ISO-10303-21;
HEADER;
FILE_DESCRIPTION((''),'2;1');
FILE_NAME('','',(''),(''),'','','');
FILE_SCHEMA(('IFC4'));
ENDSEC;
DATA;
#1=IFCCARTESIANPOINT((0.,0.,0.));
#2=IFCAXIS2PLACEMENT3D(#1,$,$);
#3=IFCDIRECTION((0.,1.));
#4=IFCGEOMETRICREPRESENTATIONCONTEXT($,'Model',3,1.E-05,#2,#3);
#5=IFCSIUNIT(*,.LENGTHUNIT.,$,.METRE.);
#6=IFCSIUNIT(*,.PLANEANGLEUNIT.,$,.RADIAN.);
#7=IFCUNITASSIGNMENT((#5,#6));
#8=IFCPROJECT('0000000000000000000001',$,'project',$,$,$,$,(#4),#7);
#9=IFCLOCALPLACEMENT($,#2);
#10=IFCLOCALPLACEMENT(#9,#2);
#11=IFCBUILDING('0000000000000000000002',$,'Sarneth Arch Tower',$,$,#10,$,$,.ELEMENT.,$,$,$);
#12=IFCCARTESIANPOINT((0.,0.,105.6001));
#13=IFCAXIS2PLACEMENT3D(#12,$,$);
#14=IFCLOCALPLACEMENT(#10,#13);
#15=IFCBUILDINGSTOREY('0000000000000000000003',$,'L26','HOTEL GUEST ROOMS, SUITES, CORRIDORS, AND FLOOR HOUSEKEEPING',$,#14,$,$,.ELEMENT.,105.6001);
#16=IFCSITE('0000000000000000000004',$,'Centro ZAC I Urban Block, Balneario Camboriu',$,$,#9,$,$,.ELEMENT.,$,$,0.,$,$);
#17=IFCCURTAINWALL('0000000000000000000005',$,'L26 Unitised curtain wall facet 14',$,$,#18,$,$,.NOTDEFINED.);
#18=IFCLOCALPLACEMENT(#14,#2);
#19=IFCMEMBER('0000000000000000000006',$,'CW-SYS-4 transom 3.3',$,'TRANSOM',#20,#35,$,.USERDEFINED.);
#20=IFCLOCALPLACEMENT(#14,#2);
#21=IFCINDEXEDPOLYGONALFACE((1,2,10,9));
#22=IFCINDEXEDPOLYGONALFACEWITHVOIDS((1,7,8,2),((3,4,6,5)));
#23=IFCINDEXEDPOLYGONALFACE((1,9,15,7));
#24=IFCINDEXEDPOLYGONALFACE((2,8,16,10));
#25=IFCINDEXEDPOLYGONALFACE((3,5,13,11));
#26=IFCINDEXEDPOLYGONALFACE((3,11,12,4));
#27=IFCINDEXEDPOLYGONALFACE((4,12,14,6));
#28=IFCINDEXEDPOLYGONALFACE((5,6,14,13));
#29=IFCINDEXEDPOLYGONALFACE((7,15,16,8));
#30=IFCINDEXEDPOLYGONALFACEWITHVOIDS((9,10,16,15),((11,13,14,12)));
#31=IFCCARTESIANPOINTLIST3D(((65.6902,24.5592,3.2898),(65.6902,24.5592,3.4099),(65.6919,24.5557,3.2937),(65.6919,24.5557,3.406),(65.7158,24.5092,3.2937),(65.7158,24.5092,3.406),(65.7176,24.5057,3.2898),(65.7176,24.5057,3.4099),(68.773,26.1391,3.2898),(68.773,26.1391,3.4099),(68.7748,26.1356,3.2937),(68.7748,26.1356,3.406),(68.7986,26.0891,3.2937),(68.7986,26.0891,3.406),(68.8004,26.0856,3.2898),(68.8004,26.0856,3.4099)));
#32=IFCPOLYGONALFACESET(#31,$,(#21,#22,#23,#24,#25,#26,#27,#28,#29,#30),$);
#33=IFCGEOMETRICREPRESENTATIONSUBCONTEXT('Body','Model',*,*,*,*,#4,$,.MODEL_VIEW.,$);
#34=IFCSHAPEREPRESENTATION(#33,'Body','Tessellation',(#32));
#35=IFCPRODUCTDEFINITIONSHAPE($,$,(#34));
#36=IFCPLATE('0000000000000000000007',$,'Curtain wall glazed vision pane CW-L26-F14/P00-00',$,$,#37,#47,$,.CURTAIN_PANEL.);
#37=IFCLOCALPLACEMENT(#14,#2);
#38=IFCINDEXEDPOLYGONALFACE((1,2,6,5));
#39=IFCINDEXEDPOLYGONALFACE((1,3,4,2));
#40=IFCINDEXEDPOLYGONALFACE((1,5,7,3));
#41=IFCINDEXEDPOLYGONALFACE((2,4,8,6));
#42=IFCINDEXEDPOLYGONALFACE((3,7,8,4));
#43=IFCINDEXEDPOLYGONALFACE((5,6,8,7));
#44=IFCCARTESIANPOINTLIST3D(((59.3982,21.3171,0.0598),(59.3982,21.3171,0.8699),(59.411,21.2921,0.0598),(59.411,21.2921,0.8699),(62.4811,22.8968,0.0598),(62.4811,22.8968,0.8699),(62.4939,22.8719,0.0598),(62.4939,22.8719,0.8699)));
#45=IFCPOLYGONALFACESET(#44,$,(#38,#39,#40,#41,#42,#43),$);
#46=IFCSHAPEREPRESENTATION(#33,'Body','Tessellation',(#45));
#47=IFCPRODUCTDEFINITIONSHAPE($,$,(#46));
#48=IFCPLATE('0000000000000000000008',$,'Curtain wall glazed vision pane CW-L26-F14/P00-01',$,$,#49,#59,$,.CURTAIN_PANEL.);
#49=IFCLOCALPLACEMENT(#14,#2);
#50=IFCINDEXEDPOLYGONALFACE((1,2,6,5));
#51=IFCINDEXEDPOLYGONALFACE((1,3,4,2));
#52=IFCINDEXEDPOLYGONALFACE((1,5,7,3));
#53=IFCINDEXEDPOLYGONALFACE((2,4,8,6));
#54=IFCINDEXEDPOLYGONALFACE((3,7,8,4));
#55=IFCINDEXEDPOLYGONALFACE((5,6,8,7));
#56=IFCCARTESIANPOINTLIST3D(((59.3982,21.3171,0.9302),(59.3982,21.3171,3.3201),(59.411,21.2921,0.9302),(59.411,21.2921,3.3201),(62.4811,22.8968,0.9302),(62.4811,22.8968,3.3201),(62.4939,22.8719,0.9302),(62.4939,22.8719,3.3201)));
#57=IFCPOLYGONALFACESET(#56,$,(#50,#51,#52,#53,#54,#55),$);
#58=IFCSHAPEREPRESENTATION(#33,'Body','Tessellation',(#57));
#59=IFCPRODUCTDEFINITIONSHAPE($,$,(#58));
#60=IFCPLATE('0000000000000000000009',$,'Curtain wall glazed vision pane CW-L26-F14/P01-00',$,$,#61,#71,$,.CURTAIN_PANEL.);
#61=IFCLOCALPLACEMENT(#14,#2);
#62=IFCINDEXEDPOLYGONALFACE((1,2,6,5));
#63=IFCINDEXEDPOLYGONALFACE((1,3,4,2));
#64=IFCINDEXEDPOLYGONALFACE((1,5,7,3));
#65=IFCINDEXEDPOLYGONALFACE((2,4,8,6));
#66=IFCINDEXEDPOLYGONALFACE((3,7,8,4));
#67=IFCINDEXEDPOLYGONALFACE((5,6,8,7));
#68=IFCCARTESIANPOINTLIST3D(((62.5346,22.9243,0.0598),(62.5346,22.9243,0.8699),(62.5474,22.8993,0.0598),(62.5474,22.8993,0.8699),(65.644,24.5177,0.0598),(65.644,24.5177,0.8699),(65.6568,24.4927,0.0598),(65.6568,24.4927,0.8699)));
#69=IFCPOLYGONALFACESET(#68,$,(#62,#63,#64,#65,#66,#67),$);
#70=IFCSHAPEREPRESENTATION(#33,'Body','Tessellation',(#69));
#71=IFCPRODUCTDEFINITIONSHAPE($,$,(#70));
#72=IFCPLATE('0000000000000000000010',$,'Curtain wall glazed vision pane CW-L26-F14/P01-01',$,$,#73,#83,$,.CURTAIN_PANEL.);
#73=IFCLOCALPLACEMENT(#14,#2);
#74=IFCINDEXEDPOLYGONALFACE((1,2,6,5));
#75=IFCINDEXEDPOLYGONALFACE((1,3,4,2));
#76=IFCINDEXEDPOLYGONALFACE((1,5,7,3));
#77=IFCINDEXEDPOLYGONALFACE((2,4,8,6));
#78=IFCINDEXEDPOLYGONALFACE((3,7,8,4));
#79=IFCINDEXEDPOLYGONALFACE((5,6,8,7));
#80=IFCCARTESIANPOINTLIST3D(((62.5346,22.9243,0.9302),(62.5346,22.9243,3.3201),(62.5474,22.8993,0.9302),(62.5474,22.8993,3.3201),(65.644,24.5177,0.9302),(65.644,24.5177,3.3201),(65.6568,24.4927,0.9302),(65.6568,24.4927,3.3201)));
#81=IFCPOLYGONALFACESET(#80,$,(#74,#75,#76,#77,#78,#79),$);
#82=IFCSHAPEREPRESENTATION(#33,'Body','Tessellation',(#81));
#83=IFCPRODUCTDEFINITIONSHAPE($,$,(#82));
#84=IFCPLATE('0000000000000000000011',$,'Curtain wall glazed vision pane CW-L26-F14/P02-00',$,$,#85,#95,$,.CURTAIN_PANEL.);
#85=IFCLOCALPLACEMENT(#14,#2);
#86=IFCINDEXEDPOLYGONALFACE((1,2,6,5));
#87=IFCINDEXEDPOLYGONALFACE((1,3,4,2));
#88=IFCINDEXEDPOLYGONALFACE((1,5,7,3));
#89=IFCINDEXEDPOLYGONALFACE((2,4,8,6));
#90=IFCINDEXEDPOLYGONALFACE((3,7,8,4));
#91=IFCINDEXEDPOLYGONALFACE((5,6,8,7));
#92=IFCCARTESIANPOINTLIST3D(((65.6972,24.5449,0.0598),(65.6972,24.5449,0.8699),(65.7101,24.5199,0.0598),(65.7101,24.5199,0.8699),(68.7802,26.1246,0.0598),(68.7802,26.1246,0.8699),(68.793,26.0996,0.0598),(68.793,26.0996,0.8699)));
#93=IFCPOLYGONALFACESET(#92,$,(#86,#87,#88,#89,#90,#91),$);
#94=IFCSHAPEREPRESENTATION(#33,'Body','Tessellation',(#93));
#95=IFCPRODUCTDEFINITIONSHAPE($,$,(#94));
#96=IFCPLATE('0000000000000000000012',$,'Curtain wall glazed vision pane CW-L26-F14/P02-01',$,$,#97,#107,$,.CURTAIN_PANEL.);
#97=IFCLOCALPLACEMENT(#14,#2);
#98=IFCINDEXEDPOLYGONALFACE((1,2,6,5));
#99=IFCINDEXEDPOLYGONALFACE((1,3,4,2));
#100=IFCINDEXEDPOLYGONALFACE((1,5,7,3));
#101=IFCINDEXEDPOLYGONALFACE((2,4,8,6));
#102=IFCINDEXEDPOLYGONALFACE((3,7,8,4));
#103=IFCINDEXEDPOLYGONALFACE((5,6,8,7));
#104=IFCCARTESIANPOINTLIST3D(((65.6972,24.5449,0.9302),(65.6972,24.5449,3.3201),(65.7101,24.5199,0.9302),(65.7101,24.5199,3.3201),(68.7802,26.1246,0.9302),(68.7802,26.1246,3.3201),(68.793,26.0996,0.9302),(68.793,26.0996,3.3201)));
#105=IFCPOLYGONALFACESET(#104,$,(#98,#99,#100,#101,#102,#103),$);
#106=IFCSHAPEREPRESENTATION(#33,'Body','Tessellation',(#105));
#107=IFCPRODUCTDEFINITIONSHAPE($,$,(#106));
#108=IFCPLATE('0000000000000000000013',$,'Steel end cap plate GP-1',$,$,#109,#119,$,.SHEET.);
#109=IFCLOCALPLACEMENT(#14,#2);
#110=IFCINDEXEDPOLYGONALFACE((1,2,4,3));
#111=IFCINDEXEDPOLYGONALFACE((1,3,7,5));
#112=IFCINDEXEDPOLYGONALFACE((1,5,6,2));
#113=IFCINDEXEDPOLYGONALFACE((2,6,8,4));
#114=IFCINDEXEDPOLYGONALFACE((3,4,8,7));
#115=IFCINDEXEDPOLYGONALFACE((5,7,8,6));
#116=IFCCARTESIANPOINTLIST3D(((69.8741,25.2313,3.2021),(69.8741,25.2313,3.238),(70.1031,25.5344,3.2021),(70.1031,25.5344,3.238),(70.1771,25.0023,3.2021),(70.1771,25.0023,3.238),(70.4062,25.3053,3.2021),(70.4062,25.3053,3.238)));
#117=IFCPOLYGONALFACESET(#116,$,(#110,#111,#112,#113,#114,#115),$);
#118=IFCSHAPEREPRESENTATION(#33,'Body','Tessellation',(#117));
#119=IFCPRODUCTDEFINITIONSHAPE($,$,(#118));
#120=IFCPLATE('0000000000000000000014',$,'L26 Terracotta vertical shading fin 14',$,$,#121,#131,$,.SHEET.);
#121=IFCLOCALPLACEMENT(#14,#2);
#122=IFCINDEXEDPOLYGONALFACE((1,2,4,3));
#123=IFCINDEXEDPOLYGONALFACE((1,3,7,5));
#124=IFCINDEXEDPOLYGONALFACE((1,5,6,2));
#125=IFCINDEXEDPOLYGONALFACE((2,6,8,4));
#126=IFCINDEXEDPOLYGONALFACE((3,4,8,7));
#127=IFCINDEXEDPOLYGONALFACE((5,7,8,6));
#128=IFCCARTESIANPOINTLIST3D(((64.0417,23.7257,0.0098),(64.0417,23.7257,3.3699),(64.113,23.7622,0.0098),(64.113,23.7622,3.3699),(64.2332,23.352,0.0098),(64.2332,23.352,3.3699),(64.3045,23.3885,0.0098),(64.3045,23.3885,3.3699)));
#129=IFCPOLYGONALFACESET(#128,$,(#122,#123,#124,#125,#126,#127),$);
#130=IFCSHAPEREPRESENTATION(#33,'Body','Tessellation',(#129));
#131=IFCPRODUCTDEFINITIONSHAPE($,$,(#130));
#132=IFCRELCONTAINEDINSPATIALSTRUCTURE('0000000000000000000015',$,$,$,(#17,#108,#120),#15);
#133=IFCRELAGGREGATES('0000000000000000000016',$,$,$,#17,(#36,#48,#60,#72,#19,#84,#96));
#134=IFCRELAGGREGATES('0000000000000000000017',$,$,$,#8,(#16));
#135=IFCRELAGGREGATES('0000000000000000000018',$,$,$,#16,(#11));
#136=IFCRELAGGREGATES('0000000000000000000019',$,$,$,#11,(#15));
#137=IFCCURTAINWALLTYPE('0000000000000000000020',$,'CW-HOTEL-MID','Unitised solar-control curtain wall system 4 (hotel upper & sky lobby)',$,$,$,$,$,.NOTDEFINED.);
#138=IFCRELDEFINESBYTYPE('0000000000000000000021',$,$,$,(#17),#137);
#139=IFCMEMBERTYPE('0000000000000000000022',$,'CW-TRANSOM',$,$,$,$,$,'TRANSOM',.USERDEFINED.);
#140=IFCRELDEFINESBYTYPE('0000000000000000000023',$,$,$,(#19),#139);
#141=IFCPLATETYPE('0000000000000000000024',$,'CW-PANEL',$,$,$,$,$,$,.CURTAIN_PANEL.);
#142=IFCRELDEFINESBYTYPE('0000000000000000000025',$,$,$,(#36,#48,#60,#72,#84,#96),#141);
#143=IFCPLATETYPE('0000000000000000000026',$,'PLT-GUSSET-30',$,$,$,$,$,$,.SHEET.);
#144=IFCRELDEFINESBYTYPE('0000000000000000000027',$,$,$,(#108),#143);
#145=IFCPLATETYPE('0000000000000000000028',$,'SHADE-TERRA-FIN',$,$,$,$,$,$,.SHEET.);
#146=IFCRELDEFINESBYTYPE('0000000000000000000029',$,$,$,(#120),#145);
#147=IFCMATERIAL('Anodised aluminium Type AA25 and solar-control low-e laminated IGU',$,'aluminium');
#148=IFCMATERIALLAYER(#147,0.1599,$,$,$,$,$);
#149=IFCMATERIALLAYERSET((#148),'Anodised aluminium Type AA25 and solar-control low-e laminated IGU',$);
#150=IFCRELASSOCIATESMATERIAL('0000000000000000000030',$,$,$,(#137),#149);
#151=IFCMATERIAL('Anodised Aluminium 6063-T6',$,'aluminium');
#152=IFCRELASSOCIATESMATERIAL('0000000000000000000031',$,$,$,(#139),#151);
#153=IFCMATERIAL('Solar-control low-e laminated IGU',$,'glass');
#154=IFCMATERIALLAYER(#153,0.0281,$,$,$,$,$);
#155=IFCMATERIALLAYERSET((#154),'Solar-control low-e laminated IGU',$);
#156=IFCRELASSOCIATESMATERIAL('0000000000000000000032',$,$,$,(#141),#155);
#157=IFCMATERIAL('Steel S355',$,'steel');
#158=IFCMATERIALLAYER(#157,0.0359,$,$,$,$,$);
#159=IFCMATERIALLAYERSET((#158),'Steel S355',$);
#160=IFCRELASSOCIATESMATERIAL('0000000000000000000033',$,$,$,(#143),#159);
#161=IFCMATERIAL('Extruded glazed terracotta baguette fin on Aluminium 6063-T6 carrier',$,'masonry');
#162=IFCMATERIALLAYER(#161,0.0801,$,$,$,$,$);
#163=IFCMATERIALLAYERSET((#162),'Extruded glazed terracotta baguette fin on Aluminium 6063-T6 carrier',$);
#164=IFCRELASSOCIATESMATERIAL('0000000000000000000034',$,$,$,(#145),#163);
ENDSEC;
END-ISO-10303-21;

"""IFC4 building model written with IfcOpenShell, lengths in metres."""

from ifc_helpers import new_model, si_unit, direction, frame, origin, origin_2d, place, context, subcontext, project, spatial, rectangle, hollow_rectangle, extrude, material, layer, layer_set, material_profile, profile_set, type_object, element, aggregate, save


model = new_model("IFC4")

# Units and contexts
model_context = context("Model", 3, precision=1e-05, world=origin(), true_north=direction((0.0, 1.0)))
body_context = subcontext(model_context, "Body", "Model", "MODEL_VIEW")
ifc_project = project(units=[si_unit("LENGTHUNIT", "METRE"), si_unit("PLANEANGLEUNIT", "RADIAN")], contexts=[model_context])

# Site, building, storey
site_placement = place(None, origin())
site = spatial("IfcSite", under=ifc_project, at=site_placement, Name="Centro ZAC I Urban Block, Balneario Camboriu", CompositionType="ELEMENT", RefElevation=0.0)
building_placement = place(site_placement, origin())
building = spatial("IfcBuilding", under=site, at=building_placement, Name="Sarneth Arch Tower", CompositionType="ELEMENT")
storey_placement = place(building_placement, frame((0.0, 0.0, 105.6001)))
storey = spatial("IfcBuildingStorey", under=building, at=storey_placement, Name="L26", Description="HOTEL GUEST ROOMS, SUITES, CORRIDORS, AND FLOOR HOUSEKEEPING", CompositionType="ELEMENT", Elevation=105.6001)

# Curtain wall, member, plates
ifc_material_1 = material(Name="Anodised aluminium Type AA25 and solar-control low-e laminated IGU", Category="aluminium")
ifc_layer_1 = layer(ifc_material_1, 0.1599)
ifc_layer_set_1 = layer_set([ifc_layer_1], Name="Anodised aluminium Type AA25 and solar-control low-e laminated IGU")
curtain_wall_type = type_object("IfcCurtainWallType", Name="CW-HOTEL-MID", Description="Unitised solar-control curtain wall system 4 (hotel upper & sky lobby)", PredefinedType="NOTDEFINED", material=ifc_layer_set_1)
curtain_wall_placement = place(storey_placement, origin())
curtain_wall = element("IfcCurtainWall", 1, at=curtain_wall_placement, inside=storey, type_object=curtain_wall_type, Name="L26 Unitised curtain wall facet 14", PredefinedType="NOTDEFINED")
ifc_material_2 = material(Name="Anodised Aluminium 6063-T6", Category="aluminium")
ifc_material_profile_1 = material_profile(ifc_material_2, hollow_rectangle(XDim=0.0601, YDim=0.1201, WallThickness=0.0039, at=origin_2d()), Name="AL-TRAN-120x60x4")
ifc_profile_set_1 = profile_set([ifc_material_profile_1], Name="Anodised Aluminium 6063-T6")
member_type_1 = type_object("IfcMemberType", Name="CW-TRANSOM", ElementType="TRANSOM", PredefinedType="USERDEFINED", material=ifc_profile_set_1)
member_1_placement = place(storey_placement, frame((65.7039, 24.5325, 3.3499), z_axis=(0.889943, 0.456072, 0.0), x_axis=(-0.456072, 0.889943, 0.0)))
member_1 = element("IfcMember", 2, at=member_1_placement, type_object=member_type_1, Name="CW-SYS-4 transom 3.3", ObjectType="TRANSOM", PredefinedType="USERDEFINED", context=body_context, shape_type="SweptSolid", body=[
    extrude(hollow_rectangle(XDim=0.0601, YDim=0.1201, WallThickness=0.0039, at=origin_2d()), origin(), (0.0, 0.0, 1.0), 3.4641),
])
ifc_material_3 = material(Name="Solar-control low-e laminated IGU", Category="glass")
ifc_layer_2 = layer(ifc_material_3, 0.0281)
ifc_layer_set_2 = layer_set([ifc_layer_2], Name="Solar-control low-e laminated IGU")
plate_type_1 = type_object("IfcPlateType", Name="CW-PANEL", PredefinedType="CURTAIN_PANEL", material=ifc_layer_set_2)
plate_1_placement = place(storey_placement, frame((60.946, 22.0945, 0.0598), z_axis=(0.0, 0.0, 1.0), x_axis=(0.889964, 0.456031, 0.0)))
plate_1 = element("IfcPlate", 3, at=plate_1_placement, type_object=plate_type_1, Name="Curtain wall glazed vision pane CW-L26-F14/P00-00", PredefinedType="CURTAIN_PANEL", context=body_context, shape_type="SweptSolid", body=[
    extrude(rectangle(XDim=3.4641, YDim=0.0281, at=origin_2d()), origin(), (0.0, 0.0, 1.0), 0.8101),
])
plate_2_placement = place(storey_placement, frame((60.946, 22.0945, 0.9302), z_axis=(0.0, 0.0, 1.0), x_axis=(0.889964, 0.456031, 0.0)))
plate_2 = element("IfcPlate", 4, at=plate_2_placement, type_object=plate_type_1, Name="Curtain wall glazed vision pane CW-L26-F14/P00-01", PredefinedType="CURTAIN_PANEL", context=body_context, shape_type="SweptSolid", body=[
    extrude(rectangle(XDim=3.4641, YDim=0.0281, at=origin_2d()), origin(), (0.0, 0.0, 1.0), 2.3899),
])
plate_3_placement = place(storey_placement, frame((64.0957, 23.7085, 0.0598), z_axis=(0.0, 0.0, 1.0), x_axis=(0.889964, 0.456031, 0.0)))
plate_3 = element("IfcPlate", 5, at=plate_3_placement, type_object=plate_type_1, Name="Curtain wall glazed vision pane CW-L26-F14/P01-00", PredefinedType="CURTAIN_PANEL", context=body_context, shape_type="SweptSolid", body=[
    extrude(rectangle(XDim=3.4939, YDim=0.0281, at=origin_2d()), origin(), (0.0, 0.0, 1.0), 0.8101),
])
plate_4_placement = place(storey_placement, frame((64.0957, 23.7085, 0.9302), z_axis=(0.0, 0.0, 1.0), x_axis=(0.889964, 0.456031, 0.0)))
plate_4 = element("IfcPlate", 6, at=plate_4_placement, type_object=plate_type_1, Name="Curtain wall glazed vision pane CW-L26-F14/P01-01", PredefinedType="CURTAIN_PANEL", context=body_context, shape_type="SweptSolid", body=[
    extrude(rectangle(XDim=3.4939, YDim=0.0281, at=origin_2d()), origin(), (0.0, 0.0, 1.0), 2.3899),
])
plate_5_placement = place(storey_placement, frame((67.2451, 25.3223, 0.0598), z_axis=(0.0, 0.0, 1.0), x_axis=(0.889964, 0.456031, 0.0)))
plate_5 = element("IfcPlate", 7, at=plate_5_placement, type_object=plate_type_1, Name="Curtain wall glazed vision pane CW-L26-F14/P02-00", PredefinedType="CURTAIN_PANEL", context=body_context, shape_type="SweptSolid", body=[
    extrude(rectangle(XDim=3.4641, YDim=0.0281, at=origin_2d()), origin(), (0.0, 0.0, 1.0), 0.8101),
])
plate_6_placement = place(storey_placement, frame((67.2451, 25.3223, 0.9302), z_axis=(0.0, 0.0, 1.0), x_axis=(0.889964, 0.456031, 0.0)))
plate_6 = element("IfcPlate", 8, at=plate_6_placement, type_object=plate_type_1, Name="Curtain wall glazed vision pane CW-L26-F14/P02-01", PredefinedType="CURTAIN_PANEL", context=body_context, shape_type="SweptSolid", body=[
    extrude(rectangle(XDim=3.4641, YDim=0.0281, at=origin_2d()), origin(), (0.0, 0.0, 1.0), 2.3899),
])
aggregate(curtain_wall, [plate_1, plate_2, plate_3, plate_4, member_1, plate_5, plate_6])

# Plates
ifc_material_4 = material(Name="Steel S355", Category="steel")
ifc_layer_3 = layer(ifc_material_4, 0.0359)
ifc_layer_set_3 = layer_set([ifc_layer_3], Name="Steel S355")
plate_type_2 = type_object("IfcPlateType", Name="PLT-GUSSET-30", PredefinedType="SHEET", material=ifc_layer_set_3)
plate_7_placement = place(storey_placement, frame((70.1401, 25.2683, 3.2021), z_axis=(0.0, 0.0, 1.0), x_axis=(0.797794, -0.60293, 0.0)))
element("IfcPlate", 9, at=plate_7_placement, inside=storey, type_object=plate_type_2, Name="Steel end cap plate GP-1", PredefinedType="SHEET", context=body_context, shape_type="SweptSolid", body=[
    extrude(rectangle(XDim=0.3799, YDim=0.3799, at=origin_2d()), origin(), (0.0, 0.0, 1.0), 0.0359),
])
ifc_material_5 = material(Name="Extruded glazed terracotta baguette fin on Aluminium 6063-T6 carrier", Category="masonry")
ifc_layer_4 = layer(ifc_material_5, 0.0801)
ifc_layer_set_4 = layer_set([ifc_layer_4], Name="Extruded glazed terracotta baguette fin on Aluminium 6063-T6 carrier")
plate_type_3 = type_object("IfcPlateType", Name="SHADE-TERRA-FIN", PredefinedType="SHEET", material=ifc_layer_set_4)
plate_8_placement = place(storey_placement, frame((64.1731, 23.5571, 0.0098), z_axis=(0.0, 0.0, 1.0), x_axis=(0.456011, -0.889974, 0.0)))
element("IfcPlate", 10, at=plate_8_placement, inside=storey, type_object=plate_type_3, Name="L26 Terracotta vertical shading fin 14", PredefinedType="SHEET", context=body_context, shape_type="SweptSolid", body=[
    extrude(rectangle(XDim=0.4199, YDim=0.0801, at=origin_2d()), origin(), (0.0, 0.0, 1.0), 3.3601),
])

save(model, "model.ifc")
